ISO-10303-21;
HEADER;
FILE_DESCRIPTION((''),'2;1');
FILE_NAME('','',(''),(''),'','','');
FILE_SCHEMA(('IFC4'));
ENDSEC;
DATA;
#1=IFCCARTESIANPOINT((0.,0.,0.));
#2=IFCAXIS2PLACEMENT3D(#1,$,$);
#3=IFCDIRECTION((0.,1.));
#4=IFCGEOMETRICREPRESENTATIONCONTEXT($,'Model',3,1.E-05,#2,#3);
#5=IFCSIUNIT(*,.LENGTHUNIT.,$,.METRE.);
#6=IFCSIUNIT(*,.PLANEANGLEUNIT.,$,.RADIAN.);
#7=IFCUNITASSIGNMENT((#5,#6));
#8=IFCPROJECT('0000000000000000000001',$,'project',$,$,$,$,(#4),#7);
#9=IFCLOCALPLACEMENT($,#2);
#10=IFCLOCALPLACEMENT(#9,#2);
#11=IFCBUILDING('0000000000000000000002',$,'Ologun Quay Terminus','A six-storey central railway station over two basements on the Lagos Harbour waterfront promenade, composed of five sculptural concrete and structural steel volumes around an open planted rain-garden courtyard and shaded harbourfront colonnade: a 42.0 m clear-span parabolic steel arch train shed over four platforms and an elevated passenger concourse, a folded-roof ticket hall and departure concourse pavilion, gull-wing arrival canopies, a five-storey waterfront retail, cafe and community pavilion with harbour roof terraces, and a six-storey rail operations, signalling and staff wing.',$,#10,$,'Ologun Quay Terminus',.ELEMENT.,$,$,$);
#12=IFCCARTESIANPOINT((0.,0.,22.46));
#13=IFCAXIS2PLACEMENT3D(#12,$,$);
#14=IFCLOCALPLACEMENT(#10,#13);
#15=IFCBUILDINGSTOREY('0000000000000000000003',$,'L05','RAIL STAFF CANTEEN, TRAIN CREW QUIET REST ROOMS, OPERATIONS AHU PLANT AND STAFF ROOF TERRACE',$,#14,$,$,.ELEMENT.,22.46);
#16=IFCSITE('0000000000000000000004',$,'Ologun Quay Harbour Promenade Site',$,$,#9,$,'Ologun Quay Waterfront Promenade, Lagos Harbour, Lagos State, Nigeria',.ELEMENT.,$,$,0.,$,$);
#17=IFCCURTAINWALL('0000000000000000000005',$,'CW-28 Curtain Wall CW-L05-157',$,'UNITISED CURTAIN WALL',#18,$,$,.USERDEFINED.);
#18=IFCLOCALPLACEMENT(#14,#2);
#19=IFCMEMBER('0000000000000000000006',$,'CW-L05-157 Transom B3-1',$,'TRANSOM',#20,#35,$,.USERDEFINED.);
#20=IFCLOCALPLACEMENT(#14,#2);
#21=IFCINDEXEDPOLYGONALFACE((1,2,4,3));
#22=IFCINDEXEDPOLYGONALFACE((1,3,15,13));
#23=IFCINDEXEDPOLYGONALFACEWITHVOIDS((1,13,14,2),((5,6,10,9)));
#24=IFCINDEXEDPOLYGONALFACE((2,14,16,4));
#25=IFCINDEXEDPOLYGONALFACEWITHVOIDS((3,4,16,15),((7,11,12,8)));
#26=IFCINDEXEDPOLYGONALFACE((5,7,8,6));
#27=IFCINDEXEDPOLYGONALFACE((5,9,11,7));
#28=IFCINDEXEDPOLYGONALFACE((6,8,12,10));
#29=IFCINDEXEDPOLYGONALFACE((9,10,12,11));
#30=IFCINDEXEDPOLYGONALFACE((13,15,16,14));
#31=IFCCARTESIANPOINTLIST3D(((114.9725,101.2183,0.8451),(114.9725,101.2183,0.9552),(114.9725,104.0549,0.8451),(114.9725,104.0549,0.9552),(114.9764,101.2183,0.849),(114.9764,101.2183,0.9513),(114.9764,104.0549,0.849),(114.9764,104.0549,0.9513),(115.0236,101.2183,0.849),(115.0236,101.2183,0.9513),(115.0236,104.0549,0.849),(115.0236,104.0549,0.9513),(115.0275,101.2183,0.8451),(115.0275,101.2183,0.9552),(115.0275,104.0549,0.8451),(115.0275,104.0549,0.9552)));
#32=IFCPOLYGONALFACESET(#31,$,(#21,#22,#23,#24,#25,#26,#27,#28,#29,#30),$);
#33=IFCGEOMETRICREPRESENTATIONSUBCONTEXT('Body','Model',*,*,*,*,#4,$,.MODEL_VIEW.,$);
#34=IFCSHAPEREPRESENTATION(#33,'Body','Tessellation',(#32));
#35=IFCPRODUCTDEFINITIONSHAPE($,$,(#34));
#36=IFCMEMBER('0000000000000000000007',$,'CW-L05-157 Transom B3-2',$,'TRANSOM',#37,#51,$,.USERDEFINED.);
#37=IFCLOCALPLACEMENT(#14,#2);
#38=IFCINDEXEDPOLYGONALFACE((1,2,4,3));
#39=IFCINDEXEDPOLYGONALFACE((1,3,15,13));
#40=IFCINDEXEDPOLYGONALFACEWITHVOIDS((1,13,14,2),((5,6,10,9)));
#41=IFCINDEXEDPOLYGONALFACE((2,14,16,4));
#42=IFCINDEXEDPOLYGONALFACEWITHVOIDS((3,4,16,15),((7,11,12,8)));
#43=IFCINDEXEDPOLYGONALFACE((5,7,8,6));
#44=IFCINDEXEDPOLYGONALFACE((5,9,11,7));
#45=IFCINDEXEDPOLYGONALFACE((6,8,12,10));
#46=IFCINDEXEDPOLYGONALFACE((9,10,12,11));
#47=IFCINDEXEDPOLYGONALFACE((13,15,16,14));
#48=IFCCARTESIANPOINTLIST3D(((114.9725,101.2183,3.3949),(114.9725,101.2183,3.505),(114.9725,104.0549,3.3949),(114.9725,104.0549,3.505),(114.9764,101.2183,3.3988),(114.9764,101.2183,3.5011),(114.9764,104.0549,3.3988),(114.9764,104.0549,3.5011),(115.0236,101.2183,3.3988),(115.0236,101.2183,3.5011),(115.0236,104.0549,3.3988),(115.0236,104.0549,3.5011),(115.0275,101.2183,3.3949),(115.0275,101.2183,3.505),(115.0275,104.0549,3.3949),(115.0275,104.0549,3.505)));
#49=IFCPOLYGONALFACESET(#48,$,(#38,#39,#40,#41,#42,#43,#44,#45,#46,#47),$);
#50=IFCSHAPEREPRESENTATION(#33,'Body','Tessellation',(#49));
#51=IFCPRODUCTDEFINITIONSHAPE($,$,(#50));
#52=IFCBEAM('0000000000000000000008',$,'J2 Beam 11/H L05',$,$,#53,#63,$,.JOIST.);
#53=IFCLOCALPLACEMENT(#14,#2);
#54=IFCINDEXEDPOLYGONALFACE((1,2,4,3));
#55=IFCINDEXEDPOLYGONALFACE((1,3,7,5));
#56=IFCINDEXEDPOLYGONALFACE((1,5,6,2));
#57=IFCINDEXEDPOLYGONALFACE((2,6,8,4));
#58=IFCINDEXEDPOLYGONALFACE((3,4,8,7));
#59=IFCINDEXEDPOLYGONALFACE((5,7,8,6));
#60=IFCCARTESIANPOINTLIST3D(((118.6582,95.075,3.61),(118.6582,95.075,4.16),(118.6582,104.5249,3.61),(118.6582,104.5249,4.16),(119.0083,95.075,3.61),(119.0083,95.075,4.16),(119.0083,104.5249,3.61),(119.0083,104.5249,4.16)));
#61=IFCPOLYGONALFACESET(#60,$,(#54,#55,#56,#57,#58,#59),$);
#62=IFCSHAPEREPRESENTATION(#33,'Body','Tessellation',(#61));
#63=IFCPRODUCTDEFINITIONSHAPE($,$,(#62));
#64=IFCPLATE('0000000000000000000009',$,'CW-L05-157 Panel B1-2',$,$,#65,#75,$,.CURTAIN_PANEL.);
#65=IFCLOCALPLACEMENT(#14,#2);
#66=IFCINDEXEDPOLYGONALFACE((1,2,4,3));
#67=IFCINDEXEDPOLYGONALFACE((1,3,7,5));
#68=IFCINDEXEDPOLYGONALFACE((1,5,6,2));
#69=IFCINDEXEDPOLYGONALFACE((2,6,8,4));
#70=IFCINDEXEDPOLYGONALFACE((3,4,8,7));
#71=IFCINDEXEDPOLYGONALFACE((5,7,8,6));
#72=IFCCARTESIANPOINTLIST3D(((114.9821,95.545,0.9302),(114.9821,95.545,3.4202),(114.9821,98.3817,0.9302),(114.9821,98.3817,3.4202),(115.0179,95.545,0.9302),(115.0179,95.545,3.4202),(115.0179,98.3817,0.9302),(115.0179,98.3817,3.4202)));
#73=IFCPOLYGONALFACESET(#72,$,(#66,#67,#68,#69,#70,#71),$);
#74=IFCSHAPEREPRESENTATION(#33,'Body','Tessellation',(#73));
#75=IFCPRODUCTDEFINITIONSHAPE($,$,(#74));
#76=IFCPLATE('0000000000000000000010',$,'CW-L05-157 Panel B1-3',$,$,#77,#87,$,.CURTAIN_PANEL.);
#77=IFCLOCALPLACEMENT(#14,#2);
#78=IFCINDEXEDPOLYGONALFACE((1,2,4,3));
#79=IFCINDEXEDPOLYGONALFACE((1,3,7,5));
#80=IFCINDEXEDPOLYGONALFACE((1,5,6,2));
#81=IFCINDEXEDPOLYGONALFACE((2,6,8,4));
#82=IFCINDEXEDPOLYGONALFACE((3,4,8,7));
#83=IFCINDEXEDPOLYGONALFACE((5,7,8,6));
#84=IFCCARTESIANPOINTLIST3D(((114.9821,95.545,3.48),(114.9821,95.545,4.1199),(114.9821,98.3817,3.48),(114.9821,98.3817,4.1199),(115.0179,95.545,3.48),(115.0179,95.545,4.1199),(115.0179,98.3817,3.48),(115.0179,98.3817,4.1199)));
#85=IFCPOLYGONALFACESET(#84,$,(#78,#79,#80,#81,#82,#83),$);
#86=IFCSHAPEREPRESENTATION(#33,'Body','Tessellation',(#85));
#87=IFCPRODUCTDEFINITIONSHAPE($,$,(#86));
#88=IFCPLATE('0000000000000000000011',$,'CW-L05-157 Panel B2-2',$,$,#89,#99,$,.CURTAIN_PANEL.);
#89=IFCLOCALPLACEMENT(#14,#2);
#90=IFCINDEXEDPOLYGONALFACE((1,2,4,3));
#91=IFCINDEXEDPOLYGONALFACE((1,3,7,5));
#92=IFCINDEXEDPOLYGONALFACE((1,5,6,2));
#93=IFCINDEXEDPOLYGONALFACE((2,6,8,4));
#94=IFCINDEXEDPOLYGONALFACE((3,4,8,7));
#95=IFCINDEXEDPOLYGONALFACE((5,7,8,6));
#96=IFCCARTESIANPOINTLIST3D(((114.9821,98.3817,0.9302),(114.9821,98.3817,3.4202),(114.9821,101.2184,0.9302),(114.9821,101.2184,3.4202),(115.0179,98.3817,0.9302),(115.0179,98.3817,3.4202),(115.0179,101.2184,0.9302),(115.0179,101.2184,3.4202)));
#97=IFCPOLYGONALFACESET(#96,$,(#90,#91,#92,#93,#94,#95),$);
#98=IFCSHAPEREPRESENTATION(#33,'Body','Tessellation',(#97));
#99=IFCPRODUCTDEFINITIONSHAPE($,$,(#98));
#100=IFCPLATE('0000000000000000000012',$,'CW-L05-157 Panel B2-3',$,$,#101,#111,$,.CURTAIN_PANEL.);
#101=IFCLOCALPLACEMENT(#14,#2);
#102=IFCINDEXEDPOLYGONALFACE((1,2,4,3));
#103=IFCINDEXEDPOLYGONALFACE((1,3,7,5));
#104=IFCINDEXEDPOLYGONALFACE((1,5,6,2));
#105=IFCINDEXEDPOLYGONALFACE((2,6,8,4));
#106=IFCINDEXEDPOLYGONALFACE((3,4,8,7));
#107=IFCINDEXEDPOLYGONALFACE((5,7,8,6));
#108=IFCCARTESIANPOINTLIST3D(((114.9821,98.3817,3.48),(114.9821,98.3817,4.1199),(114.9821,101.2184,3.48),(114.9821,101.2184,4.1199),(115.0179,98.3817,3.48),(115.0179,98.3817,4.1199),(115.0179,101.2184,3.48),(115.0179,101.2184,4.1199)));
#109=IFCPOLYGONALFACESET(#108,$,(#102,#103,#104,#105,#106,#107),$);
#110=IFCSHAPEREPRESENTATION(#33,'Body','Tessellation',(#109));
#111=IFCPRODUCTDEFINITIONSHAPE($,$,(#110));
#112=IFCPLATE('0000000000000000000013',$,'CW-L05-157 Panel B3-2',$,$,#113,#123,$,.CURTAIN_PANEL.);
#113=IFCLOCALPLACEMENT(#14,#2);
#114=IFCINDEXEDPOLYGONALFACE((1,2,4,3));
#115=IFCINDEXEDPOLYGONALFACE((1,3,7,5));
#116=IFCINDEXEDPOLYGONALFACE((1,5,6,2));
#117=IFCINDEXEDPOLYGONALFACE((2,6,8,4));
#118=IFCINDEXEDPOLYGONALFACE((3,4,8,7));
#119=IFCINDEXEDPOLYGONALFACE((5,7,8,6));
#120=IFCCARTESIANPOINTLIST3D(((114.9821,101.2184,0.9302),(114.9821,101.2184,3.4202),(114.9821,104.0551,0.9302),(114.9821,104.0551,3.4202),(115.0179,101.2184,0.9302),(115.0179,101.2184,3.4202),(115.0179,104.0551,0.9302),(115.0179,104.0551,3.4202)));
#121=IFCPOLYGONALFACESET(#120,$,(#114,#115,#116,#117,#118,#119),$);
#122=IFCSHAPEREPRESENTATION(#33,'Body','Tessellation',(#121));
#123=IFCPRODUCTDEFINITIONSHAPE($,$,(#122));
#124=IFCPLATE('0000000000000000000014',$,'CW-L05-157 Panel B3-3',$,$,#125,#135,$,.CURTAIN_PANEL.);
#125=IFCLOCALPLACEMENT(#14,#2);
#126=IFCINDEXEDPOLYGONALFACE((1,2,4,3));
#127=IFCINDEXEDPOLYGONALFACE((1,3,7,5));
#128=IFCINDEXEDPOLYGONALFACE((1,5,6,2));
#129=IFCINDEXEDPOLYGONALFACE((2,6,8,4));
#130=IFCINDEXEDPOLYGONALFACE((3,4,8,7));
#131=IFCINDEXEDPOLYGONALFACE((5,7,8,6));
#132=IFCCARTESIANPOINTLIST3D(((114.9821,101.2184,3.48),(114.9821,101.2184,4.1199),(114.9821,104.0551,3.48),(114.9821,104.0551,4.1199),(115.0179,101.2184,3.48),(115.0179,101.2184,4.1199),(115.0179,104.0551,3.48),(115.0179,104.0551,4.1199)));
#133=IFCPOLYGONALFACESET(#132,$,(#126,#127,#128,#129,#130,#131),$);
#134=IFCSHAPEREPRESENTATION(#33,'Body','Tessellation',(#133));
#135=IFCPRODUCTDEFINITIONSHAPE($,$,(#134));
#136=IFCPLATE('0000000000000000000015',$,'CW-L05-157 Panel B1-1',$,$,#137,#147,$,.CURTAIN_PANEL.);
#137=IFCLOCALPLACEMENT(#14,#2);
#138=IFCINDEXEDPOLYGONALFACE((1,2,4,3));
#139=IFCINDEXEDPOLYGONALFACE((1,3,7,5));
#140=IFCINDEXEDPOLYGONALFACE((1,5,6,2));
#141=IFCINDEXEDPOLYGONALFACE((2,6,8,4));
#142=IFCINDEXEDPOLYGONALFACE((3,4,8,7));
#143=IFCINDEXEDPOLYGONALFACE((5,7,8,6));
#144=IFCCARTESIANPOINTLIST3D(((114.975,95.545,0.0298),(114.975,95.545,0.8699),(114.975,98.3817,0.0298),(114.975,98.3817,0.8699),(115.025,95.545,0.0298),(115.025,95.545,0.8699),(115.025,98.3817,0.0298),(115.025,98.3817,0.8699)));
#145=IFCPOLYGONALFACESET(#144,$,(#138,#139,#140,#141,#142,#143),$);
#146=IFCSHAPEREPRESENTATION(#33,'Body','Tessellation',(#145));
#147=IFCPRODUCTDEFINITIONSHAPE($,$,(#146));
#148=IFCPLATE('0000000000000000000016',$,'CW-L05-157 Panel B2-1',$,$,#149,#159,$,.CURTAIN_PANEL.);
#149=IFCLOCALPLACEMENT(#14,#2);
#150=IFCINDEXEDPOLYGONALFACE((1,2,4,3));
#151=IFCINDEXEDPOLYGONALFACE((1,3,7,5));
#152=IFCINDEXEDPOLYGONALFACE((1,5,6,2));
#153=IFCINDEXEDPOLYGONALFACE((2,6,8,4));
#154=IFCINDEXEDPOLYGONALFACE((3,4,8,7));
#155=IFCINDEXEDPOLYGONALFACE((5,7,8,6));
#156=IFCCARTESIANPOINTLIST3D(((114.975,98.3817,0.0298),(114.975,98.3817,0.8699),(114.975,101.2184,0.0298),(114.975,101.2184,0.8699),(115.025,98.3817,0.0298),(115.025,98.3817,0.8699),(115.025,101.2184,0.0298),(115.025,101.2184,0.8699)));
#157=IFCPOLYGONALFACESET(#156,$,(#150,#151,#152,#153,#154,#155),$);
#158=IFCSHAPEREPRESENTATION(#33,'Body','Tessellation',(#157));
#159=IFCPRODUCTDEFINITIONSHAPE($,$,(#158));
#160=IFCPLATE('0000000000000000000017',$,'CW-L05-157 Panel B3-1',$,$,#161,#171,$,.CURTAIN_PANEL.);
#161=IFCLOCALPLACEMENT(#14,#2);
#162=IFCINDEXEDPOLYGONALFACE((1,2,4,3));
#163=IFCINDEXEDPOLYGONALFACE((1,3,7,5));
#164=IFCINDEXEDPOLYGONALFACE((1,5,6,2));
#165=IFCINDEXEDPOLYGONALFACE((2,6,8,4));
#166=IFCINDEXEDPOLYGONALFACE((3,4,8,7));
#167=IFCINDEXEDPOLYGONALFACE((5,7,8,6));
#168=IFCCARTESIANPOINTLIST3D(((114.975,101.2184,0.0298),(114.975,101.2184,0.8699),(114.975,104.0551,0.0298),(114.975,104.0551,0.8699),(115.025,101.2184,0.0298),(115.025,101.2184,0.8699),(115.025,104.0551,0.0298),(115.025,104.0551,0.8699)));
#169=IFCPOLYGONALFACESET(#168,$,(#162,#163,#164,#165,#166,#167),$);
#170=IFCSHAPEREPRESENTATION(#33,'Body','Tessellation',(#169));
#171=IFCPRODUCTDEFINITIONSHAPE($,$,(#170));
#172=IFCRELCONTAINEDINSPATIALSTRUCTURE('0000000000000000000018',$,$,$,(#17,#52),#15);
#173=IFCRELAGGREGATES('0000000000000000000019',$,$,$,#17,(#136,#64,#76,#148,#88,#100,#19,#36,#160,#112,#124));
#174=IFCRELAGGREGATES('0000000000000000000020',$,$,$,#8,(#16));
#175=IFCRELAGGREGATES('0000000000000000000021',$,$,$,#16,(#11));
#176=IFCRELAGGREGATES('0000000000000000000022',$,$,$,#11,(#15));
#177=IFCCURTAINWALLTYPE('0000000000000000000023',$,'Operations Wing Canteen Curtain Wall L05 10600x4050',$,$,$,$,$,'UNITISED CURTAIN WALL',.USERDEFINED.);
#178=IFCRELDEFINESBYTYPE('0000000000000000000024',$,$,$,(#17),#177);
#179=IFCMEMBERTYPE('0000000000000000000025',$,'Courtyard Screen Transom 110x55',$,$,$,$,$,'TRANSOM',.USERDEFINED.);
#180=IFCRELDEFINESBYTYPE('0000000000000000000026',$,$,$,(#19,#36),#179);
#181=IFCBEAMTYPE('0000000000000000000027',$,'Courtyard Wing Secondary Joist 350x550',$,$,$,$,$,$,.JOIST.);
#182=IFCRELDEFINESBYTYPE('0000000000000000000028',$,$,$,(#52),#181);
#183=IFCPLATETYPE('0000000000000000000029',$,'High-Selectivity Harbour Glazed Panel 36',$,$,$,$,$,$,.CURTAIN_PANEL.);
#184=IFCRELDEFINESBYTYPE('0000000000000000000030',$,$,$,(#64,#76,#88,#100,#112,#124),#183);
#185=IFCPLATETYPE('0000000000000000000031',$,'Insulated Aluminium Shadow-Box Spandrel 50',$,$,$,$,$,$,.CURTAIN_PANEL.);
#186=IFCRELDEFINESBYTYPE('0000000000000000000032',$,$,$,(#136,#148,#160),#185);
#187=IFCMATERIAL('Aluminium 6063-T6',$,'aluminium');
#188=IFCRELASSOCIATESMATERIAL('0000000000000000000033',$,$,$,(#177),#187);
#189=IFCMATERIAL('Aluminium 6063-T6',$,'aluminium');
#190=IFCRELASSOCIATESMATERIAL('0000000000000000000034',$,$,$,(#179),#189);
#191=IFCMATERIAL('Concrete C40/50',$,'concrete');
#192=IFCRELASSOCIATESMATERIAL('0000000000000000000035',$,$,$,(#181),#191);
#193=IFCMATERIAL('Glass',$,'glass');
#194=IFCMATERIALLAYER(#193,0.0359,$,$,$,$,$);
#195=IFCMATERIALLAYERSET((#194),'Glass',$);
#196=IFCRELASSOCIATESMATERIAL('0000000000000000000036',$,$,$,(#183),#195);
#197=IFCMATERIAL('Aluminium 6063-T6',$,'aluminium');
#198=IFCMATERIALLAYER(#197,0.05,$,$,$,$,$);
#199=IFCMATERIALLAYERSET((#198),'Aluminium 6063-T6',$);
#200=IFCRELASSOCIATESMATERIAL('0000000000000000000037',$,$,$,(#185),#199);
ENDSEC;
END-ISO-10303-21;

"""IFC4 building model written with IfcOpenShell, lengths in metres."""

from ifc_helpers import new_model, si_unit, direction, frame, origin, origin_2d, place, context, subcontext, project, spatial, rectangle, hollow_rectangle, extrude, material, layer, layer_set, material_profile, profile_set, type_object, element, aggregate, save


model = new_model("IFC4")

# Units and contexts
model_context = context("Model", 3, precision=1e-05, world=origin(), true_north=direction((0.0, 1.0)))
body_context = subcontext(model_context, "Body", "Model", "MODEL_VIEW")
ifc_project = project(units=[si_unit("LENGTHUNIT", "METRE"), si_unit("PLANEANGLEUNIT", "RADIAN")], contexts=[model_context])

# Site, building, storey
site_placement = place(None, origin())
site = spatial("IfcSite", under=ifc_project, at=site_placement, Name="Ologun Quay Harbour Promenade Site", LongName="Ologun Quay Waterfront Promenade, Lagos Harbour, Lagos State, Nigeria", CompositionType="ELEMENT", RefElevation=0.0)
building_placement = place(site_placement, origin())
building = spatial("IfcBuilding", under=site, at=building_placement, Name="Ologun Quay Terminus", Description="A six-storey central railway station over two basements on the Lagos Harbour waterfront promenade, composed of five sculptural concrete and structural steel volumes around an open planted rain-garden courtyard and shaded harbourfront colonnade: a 42.0 m clear-span parabolic steel arch train shed over four platforms and an elevated passenger concourse, a folded-roof ticket hall and departure concourse pavilion, gull-wing arrival canopies, a five-storey waterfront retail, cafe and community pavilion with harbour roof terraces, and a six-storey rail operations, signalling and staff wing.", LongName="Ologun Quay Terminus", CompositionType="ELEMENT")
storey_placement = place(building_placement, frame((0.0, 0.0, 22.46)))
storey = spatial("IfcBuildingStorey", under=building, at=storey_placement, Name="L05", Description="RAIL STAFF CANTEEN, TRAIN CREW QUIET REST ROOMS, OPERATIONS AHU PLANT AND STAFF ROOF TERRACE", CompositionType="ELEMENT", Elevation=22.46)

# Curtain wall, members
ifc_material_1 = material(Name="Aluminium 6063-T6", Category="aluminium")
curtain_wall_type = type_object("IfcCurtainWallType", Name="Operations Wing Canteen Curtain Wall L05 10600x4050", ElementType="UNITISED CURTAIN WALL", PredefinedType="USERDEFINED", material=ifc_material_1)
curtain_wall_placement = place(storey_placement, origin())
curtain_wall = element("IfcCurtainWall", 1, at=curtain_wall_placement, inside=storey, type_object=curtain_wall_type, Name="CW-28 Curtain Wall CW-L05-157", ObjectType="UNITISED CURTAIN WALL", PredefinedType="USERDEFINED")
ifc_material_2 = material(Name="Aluminium 6063-T6", Category="aluminium")
ifc_material_profile_1 = material_profile(ifc_material_2, hollow_rectangle(XDim=0.0549, YDim=0.1101, WallThickness=0.0039, at=origin_2d()), Name="ALU 110x55x4")
ifc_profile_set_1 = profile_set([ifc_material_profile_1], Name="Aluminium 6063-T6")
member_type_1 = type_object("IfcMemberType", Name="Courtyard Screen Transom 110x55", ElementType="TRANSOM", PredefinedType="USERDEFINED", material=ifc_profile_set_1)
member_1_placement = place(storey_placement, frame((115.0, 101.2183, 0.9001), z_axis=(0.0, 1.0, 0.0), x_axis=(-1.0, 0.0, 0.0)))
member_1 = element("IfcMember", 2, at=member_1_placement, type_object=member_type_1, Name="CW-L05-157 Transom B3-1", ObjectType="TRANSOM", PredefinedType="USERDEFINED", context=body_context, shape_type="SweptSolid", body=[
    extrude(hollow_rectangle(XDim=0.0549, YDim=0.1101, WallThickness=0.0039, at=origin_2d()), origin(), (0.0, 0.0, 1.0), 2.8367),
])
member_2_placement = place(storey_placement, frame((115.0, 101.2183, 3.45), z_axis=(0.0, 1.0, 0.0), x_axis=(-1.0, 0.0, 0.0)))
member_2 = element("IfcMember", 3, at=member_2_placement, type_object=member_type_1, Name="CW-L05-157 Transom B3-2", ObjectType="TRANSOM", PredefinedType="USERDEFINED", context=body_context, shape_type="SweptSolid", body=[
    extrude(hollow_rectangle(XDim=0.0549, YDim=0.1101, WallThickness=0.0039, at=origin_2d()), origin(), (0.0, 0.0, 1.0), 2.8367),
])

# Beam
ifc_material_3 = material(Name="Concrete C40/50", Category="concrete")
ifc_material_profile_2 = material_profile(ifc_material_3, rectangle(XDim=0.3501, YDim=0.55, at=origin_2d()), Name="RC 350x550")
ifc_profile_set_2 = profile_set([ifc_material_profile_2], Name="Concrete C40/50")
beam_type = type_object("IfcBeamType", Name="Courtyard Wing Secondary Joist 350x550", PredefinedType="JOIST", material=ifc_profile_set_2)
beam_placement = place(storey_placement, frame((118.8333, 95.075, 3.885), z_axis=(0.0, 1.0, 0.0), x_axis=(-1.0, 0.0, 0.0)))
element("IfcBeam", 4, at=beam_placement, inside=storey, type_object=beam_type, Name="J2 Beam 11/H L05", PredefinedType="JOIST", context=body_context, shape_type="SweptSolid", body=[
    extrude(rectangle(XDim=0.3501, YDim=0.55, at=origin_2d()), origin(), (0.0, 0.0, 1.0), 9.45),
])

# Plates
ifc_material_4 = material(Name="Glass", Category="glass")
ifc_layer_1 = layer(ifc_material_4, 0.0359)
ifc_layer_set_1 = layer_set([ifc_layer_1], Name="Glass")
plate_type_1 = type_object("IfcPlateType", Name="High-Selectivity Harbour Glazed Panel 36", PredefinedType="CURTAIN_PANEL", material=ifc_layer_set_1)
plate_1_placement = place(storey_placement, frame((115.0, 96.9634, 0.9302), z_axis=(0.0, 0.0, 1.0), x_axis=(0.0, 1.0, 0.0)))
plate_1 = element("IfcPlate", 5, at=plate_1_placement, type_object=plate_type_1, Name="CW-L05-157 Panel B1-2", PredefinedType="CURTAIN_PANEL", context=body_context, shape_type="SweptSolid", body=[
    extrude(rectangle(XDim=2.8367, YDim=0.0359, at=origin_2d()), origin(), (0.0, 0.0, 1.0), 2.49),
])
plate_2_placement = place(storey_placement, frame((115.0, 96.9634, 3.48), z_axis=(0.0, 0.0, 1.0), x_axis=(0.0, 1.0, 0.0)))
plate_2 = element("IfcPlate", 6, at=plate_2_placement, type_object=plate_type_1, Name="CW-L05-157 Panel B1-3", PredefinedType="CURTAIN_PANEL", context=body_context, shape_type="SweptSolid", body=[
    extrude(rectangle(XDim=2.8367, YDim=0.0359, at=origin_2d()), origin(), (0.0, 0.0, 1.0), 0.6399),
])
plate_3_placement = place(storey_placement, frame((115.0, 99.8, 0.9302), z_axis=(0.0, 0.0, 1.0), x_axis=(0.0, 1.0, 0.0)))
plate_3 = element("IfcPlate", 7, at=plate_3_placement, type_object=plate_type_1, Name="CW-L05-157 Panel B2-2", PredefinedType="CURTAIN_PANEL", context=body_context, shape_type="SweptSolid", body=[
    extrude(rectangle(XDim=2.8367, YDim=0.0359, at=origin_2d()), origin(), (0.0, 0.0, 1.0), 2.49),
])
plate_4_placement = place(storey_placement, frame((115.0, 99.8, 3.48), z_axis=(0.0, 0.0, 1.0), x_axis=(0.0, 1.0, 0.0)))
plate_4 = element("IfcPlate", 8, at=plate_4_placement, type_object=plate_type_1, Name="CW-L05-157 Panel B2-3", PredefinedType="CURTAIN_PANEL", context=body_context, shape_type="SweptSolid", body=[
    extrude(rectangle(XDim=2.8367, YDim=0.0359, at=origin_2d()), origin(), (0.0, 0.0, 1.0), 0.6399),
])
plate_5_placement = place(storey_placement, frame((115.0, 102.6367, 0.9302), z_axis=(0.0, 0.0, 1.0), x_axis=(0.0, 1.0, 0.0)))
plate_5 = element("IfcPlate", 9, at=plate_5_placement, type_object=plate_type_1, Name="CW-L05-157 Panel B3-2", PredefinedType="CURTAIN_PANEL", context=body_context, shape_type="SweptSolid", body=[
    extrude(rectangle(XDim=2.8367, YDim=0.0359, at=origin_2d()), origin(), (0.0, 0.0, 1.0), 2.49),
])
plate_6_placement = place(storey_placement, frame((115.0, 102.6367, 3.48), z_axis=(0.0, 0.0, 1.0), x_axis=(0.0, 1.0, 0.0)))
plate_6 = element("IfcPlate", 10, at=plate_6_placement, type_object=plate_type_1, Name="CW-L05-157 Panel B3-3", PredefinedType="CURTAIN_PANEL", context=body_context, shape_type="SweptSolid", body=[
    extrude(rectangle(XDim=2.8367, YDim=0.0359, at=origin_2d()), origin(), (0.0, 0.0, 1.0), 0.6399),
])
ifc_material_5 = material(Name="Aluminium 6063-T6", Category="aluminium")
ifc_layer_2 = layer(ifc_material_5, 0.05)
ifc_layer_set_2 = layer_set([ifc_layer_2], Name="Aluminium 6063-T6")
plate_type_2 = type_object("IfcPlateType", Name="Insulated Aluminium Shadow-Box Spandrel 50", PredefinedType="CURTAIN_PANEL", material=ifc_layer_set_2)
plate_7_placement = place(storey_placement, frame((115.0, 96.9634, 0.0298), z_axis=(0.0, 0.0, 1.0), x_axis=(0.0, 1.0, 0.0)))
plate_7 = element("IfcPlate", 11, at=plate_7_placement, type_object=plate_type_2, Name="CW-L05-157 Panel B1-1", PredefinedType="CURTAIN_PANEL", context=body_context, shape_type="SweptSolid", body=[
    extrude(rectangle(XDim=2.8367, YDim=0.05, at=origin_2d()), origin(), (0.0, 0.0, 1.0), 0.8401),
])
plate_8_placement = place(storey_placement, frame((115.0, 99.8, 0.0298), z_axis=(0.0, 0.0, 1.0), x_axis=(0.0, 1.0, 0.0)))
plate_8 = element("IfcPlate", 12, at=plate_8_placement, type_object=plate_type_2, Name="CW-L05-157 Panel B2-1", PredefinedType="CURTAIN_PANEL", context=body_context, shape_type="SweptSolid", body=[
    extrude(rectangle(XDim=2.8367, YDim=0.05, at=origin_2d()), origin(), (0.0, 0.0, 1.0), 0.8401),
])
plate_9_placement = place(storey_placement, frame((115.0, 102.6367, 0.0298), z_axis=(0.0, 0.0, 1.0), x_axis=(0.0, 1.0, 0.0)))
plate_9 = element("IfcPlate", 13, at=plate_9_placement, type_object=plate_type_2, Name="CW-L05-157 Panel B3-1", PredefinedType="CURTAIN_PANEL", context=body_context, shape_type="SweptSolid", body=[
    extrude(rectangle(XDim=2.8367, YDim=0.05, at=origin_2d()), origin(), (0.0, 0.0, 1.0), 0.8401),
])
aggregate(curtain_wall, [plate_7, plate_1, plate_2, plate_8, plate_3, plate_4, member_1, member_2, plate_9, plate_5, plate_6])

save(model, "model.ifc")
